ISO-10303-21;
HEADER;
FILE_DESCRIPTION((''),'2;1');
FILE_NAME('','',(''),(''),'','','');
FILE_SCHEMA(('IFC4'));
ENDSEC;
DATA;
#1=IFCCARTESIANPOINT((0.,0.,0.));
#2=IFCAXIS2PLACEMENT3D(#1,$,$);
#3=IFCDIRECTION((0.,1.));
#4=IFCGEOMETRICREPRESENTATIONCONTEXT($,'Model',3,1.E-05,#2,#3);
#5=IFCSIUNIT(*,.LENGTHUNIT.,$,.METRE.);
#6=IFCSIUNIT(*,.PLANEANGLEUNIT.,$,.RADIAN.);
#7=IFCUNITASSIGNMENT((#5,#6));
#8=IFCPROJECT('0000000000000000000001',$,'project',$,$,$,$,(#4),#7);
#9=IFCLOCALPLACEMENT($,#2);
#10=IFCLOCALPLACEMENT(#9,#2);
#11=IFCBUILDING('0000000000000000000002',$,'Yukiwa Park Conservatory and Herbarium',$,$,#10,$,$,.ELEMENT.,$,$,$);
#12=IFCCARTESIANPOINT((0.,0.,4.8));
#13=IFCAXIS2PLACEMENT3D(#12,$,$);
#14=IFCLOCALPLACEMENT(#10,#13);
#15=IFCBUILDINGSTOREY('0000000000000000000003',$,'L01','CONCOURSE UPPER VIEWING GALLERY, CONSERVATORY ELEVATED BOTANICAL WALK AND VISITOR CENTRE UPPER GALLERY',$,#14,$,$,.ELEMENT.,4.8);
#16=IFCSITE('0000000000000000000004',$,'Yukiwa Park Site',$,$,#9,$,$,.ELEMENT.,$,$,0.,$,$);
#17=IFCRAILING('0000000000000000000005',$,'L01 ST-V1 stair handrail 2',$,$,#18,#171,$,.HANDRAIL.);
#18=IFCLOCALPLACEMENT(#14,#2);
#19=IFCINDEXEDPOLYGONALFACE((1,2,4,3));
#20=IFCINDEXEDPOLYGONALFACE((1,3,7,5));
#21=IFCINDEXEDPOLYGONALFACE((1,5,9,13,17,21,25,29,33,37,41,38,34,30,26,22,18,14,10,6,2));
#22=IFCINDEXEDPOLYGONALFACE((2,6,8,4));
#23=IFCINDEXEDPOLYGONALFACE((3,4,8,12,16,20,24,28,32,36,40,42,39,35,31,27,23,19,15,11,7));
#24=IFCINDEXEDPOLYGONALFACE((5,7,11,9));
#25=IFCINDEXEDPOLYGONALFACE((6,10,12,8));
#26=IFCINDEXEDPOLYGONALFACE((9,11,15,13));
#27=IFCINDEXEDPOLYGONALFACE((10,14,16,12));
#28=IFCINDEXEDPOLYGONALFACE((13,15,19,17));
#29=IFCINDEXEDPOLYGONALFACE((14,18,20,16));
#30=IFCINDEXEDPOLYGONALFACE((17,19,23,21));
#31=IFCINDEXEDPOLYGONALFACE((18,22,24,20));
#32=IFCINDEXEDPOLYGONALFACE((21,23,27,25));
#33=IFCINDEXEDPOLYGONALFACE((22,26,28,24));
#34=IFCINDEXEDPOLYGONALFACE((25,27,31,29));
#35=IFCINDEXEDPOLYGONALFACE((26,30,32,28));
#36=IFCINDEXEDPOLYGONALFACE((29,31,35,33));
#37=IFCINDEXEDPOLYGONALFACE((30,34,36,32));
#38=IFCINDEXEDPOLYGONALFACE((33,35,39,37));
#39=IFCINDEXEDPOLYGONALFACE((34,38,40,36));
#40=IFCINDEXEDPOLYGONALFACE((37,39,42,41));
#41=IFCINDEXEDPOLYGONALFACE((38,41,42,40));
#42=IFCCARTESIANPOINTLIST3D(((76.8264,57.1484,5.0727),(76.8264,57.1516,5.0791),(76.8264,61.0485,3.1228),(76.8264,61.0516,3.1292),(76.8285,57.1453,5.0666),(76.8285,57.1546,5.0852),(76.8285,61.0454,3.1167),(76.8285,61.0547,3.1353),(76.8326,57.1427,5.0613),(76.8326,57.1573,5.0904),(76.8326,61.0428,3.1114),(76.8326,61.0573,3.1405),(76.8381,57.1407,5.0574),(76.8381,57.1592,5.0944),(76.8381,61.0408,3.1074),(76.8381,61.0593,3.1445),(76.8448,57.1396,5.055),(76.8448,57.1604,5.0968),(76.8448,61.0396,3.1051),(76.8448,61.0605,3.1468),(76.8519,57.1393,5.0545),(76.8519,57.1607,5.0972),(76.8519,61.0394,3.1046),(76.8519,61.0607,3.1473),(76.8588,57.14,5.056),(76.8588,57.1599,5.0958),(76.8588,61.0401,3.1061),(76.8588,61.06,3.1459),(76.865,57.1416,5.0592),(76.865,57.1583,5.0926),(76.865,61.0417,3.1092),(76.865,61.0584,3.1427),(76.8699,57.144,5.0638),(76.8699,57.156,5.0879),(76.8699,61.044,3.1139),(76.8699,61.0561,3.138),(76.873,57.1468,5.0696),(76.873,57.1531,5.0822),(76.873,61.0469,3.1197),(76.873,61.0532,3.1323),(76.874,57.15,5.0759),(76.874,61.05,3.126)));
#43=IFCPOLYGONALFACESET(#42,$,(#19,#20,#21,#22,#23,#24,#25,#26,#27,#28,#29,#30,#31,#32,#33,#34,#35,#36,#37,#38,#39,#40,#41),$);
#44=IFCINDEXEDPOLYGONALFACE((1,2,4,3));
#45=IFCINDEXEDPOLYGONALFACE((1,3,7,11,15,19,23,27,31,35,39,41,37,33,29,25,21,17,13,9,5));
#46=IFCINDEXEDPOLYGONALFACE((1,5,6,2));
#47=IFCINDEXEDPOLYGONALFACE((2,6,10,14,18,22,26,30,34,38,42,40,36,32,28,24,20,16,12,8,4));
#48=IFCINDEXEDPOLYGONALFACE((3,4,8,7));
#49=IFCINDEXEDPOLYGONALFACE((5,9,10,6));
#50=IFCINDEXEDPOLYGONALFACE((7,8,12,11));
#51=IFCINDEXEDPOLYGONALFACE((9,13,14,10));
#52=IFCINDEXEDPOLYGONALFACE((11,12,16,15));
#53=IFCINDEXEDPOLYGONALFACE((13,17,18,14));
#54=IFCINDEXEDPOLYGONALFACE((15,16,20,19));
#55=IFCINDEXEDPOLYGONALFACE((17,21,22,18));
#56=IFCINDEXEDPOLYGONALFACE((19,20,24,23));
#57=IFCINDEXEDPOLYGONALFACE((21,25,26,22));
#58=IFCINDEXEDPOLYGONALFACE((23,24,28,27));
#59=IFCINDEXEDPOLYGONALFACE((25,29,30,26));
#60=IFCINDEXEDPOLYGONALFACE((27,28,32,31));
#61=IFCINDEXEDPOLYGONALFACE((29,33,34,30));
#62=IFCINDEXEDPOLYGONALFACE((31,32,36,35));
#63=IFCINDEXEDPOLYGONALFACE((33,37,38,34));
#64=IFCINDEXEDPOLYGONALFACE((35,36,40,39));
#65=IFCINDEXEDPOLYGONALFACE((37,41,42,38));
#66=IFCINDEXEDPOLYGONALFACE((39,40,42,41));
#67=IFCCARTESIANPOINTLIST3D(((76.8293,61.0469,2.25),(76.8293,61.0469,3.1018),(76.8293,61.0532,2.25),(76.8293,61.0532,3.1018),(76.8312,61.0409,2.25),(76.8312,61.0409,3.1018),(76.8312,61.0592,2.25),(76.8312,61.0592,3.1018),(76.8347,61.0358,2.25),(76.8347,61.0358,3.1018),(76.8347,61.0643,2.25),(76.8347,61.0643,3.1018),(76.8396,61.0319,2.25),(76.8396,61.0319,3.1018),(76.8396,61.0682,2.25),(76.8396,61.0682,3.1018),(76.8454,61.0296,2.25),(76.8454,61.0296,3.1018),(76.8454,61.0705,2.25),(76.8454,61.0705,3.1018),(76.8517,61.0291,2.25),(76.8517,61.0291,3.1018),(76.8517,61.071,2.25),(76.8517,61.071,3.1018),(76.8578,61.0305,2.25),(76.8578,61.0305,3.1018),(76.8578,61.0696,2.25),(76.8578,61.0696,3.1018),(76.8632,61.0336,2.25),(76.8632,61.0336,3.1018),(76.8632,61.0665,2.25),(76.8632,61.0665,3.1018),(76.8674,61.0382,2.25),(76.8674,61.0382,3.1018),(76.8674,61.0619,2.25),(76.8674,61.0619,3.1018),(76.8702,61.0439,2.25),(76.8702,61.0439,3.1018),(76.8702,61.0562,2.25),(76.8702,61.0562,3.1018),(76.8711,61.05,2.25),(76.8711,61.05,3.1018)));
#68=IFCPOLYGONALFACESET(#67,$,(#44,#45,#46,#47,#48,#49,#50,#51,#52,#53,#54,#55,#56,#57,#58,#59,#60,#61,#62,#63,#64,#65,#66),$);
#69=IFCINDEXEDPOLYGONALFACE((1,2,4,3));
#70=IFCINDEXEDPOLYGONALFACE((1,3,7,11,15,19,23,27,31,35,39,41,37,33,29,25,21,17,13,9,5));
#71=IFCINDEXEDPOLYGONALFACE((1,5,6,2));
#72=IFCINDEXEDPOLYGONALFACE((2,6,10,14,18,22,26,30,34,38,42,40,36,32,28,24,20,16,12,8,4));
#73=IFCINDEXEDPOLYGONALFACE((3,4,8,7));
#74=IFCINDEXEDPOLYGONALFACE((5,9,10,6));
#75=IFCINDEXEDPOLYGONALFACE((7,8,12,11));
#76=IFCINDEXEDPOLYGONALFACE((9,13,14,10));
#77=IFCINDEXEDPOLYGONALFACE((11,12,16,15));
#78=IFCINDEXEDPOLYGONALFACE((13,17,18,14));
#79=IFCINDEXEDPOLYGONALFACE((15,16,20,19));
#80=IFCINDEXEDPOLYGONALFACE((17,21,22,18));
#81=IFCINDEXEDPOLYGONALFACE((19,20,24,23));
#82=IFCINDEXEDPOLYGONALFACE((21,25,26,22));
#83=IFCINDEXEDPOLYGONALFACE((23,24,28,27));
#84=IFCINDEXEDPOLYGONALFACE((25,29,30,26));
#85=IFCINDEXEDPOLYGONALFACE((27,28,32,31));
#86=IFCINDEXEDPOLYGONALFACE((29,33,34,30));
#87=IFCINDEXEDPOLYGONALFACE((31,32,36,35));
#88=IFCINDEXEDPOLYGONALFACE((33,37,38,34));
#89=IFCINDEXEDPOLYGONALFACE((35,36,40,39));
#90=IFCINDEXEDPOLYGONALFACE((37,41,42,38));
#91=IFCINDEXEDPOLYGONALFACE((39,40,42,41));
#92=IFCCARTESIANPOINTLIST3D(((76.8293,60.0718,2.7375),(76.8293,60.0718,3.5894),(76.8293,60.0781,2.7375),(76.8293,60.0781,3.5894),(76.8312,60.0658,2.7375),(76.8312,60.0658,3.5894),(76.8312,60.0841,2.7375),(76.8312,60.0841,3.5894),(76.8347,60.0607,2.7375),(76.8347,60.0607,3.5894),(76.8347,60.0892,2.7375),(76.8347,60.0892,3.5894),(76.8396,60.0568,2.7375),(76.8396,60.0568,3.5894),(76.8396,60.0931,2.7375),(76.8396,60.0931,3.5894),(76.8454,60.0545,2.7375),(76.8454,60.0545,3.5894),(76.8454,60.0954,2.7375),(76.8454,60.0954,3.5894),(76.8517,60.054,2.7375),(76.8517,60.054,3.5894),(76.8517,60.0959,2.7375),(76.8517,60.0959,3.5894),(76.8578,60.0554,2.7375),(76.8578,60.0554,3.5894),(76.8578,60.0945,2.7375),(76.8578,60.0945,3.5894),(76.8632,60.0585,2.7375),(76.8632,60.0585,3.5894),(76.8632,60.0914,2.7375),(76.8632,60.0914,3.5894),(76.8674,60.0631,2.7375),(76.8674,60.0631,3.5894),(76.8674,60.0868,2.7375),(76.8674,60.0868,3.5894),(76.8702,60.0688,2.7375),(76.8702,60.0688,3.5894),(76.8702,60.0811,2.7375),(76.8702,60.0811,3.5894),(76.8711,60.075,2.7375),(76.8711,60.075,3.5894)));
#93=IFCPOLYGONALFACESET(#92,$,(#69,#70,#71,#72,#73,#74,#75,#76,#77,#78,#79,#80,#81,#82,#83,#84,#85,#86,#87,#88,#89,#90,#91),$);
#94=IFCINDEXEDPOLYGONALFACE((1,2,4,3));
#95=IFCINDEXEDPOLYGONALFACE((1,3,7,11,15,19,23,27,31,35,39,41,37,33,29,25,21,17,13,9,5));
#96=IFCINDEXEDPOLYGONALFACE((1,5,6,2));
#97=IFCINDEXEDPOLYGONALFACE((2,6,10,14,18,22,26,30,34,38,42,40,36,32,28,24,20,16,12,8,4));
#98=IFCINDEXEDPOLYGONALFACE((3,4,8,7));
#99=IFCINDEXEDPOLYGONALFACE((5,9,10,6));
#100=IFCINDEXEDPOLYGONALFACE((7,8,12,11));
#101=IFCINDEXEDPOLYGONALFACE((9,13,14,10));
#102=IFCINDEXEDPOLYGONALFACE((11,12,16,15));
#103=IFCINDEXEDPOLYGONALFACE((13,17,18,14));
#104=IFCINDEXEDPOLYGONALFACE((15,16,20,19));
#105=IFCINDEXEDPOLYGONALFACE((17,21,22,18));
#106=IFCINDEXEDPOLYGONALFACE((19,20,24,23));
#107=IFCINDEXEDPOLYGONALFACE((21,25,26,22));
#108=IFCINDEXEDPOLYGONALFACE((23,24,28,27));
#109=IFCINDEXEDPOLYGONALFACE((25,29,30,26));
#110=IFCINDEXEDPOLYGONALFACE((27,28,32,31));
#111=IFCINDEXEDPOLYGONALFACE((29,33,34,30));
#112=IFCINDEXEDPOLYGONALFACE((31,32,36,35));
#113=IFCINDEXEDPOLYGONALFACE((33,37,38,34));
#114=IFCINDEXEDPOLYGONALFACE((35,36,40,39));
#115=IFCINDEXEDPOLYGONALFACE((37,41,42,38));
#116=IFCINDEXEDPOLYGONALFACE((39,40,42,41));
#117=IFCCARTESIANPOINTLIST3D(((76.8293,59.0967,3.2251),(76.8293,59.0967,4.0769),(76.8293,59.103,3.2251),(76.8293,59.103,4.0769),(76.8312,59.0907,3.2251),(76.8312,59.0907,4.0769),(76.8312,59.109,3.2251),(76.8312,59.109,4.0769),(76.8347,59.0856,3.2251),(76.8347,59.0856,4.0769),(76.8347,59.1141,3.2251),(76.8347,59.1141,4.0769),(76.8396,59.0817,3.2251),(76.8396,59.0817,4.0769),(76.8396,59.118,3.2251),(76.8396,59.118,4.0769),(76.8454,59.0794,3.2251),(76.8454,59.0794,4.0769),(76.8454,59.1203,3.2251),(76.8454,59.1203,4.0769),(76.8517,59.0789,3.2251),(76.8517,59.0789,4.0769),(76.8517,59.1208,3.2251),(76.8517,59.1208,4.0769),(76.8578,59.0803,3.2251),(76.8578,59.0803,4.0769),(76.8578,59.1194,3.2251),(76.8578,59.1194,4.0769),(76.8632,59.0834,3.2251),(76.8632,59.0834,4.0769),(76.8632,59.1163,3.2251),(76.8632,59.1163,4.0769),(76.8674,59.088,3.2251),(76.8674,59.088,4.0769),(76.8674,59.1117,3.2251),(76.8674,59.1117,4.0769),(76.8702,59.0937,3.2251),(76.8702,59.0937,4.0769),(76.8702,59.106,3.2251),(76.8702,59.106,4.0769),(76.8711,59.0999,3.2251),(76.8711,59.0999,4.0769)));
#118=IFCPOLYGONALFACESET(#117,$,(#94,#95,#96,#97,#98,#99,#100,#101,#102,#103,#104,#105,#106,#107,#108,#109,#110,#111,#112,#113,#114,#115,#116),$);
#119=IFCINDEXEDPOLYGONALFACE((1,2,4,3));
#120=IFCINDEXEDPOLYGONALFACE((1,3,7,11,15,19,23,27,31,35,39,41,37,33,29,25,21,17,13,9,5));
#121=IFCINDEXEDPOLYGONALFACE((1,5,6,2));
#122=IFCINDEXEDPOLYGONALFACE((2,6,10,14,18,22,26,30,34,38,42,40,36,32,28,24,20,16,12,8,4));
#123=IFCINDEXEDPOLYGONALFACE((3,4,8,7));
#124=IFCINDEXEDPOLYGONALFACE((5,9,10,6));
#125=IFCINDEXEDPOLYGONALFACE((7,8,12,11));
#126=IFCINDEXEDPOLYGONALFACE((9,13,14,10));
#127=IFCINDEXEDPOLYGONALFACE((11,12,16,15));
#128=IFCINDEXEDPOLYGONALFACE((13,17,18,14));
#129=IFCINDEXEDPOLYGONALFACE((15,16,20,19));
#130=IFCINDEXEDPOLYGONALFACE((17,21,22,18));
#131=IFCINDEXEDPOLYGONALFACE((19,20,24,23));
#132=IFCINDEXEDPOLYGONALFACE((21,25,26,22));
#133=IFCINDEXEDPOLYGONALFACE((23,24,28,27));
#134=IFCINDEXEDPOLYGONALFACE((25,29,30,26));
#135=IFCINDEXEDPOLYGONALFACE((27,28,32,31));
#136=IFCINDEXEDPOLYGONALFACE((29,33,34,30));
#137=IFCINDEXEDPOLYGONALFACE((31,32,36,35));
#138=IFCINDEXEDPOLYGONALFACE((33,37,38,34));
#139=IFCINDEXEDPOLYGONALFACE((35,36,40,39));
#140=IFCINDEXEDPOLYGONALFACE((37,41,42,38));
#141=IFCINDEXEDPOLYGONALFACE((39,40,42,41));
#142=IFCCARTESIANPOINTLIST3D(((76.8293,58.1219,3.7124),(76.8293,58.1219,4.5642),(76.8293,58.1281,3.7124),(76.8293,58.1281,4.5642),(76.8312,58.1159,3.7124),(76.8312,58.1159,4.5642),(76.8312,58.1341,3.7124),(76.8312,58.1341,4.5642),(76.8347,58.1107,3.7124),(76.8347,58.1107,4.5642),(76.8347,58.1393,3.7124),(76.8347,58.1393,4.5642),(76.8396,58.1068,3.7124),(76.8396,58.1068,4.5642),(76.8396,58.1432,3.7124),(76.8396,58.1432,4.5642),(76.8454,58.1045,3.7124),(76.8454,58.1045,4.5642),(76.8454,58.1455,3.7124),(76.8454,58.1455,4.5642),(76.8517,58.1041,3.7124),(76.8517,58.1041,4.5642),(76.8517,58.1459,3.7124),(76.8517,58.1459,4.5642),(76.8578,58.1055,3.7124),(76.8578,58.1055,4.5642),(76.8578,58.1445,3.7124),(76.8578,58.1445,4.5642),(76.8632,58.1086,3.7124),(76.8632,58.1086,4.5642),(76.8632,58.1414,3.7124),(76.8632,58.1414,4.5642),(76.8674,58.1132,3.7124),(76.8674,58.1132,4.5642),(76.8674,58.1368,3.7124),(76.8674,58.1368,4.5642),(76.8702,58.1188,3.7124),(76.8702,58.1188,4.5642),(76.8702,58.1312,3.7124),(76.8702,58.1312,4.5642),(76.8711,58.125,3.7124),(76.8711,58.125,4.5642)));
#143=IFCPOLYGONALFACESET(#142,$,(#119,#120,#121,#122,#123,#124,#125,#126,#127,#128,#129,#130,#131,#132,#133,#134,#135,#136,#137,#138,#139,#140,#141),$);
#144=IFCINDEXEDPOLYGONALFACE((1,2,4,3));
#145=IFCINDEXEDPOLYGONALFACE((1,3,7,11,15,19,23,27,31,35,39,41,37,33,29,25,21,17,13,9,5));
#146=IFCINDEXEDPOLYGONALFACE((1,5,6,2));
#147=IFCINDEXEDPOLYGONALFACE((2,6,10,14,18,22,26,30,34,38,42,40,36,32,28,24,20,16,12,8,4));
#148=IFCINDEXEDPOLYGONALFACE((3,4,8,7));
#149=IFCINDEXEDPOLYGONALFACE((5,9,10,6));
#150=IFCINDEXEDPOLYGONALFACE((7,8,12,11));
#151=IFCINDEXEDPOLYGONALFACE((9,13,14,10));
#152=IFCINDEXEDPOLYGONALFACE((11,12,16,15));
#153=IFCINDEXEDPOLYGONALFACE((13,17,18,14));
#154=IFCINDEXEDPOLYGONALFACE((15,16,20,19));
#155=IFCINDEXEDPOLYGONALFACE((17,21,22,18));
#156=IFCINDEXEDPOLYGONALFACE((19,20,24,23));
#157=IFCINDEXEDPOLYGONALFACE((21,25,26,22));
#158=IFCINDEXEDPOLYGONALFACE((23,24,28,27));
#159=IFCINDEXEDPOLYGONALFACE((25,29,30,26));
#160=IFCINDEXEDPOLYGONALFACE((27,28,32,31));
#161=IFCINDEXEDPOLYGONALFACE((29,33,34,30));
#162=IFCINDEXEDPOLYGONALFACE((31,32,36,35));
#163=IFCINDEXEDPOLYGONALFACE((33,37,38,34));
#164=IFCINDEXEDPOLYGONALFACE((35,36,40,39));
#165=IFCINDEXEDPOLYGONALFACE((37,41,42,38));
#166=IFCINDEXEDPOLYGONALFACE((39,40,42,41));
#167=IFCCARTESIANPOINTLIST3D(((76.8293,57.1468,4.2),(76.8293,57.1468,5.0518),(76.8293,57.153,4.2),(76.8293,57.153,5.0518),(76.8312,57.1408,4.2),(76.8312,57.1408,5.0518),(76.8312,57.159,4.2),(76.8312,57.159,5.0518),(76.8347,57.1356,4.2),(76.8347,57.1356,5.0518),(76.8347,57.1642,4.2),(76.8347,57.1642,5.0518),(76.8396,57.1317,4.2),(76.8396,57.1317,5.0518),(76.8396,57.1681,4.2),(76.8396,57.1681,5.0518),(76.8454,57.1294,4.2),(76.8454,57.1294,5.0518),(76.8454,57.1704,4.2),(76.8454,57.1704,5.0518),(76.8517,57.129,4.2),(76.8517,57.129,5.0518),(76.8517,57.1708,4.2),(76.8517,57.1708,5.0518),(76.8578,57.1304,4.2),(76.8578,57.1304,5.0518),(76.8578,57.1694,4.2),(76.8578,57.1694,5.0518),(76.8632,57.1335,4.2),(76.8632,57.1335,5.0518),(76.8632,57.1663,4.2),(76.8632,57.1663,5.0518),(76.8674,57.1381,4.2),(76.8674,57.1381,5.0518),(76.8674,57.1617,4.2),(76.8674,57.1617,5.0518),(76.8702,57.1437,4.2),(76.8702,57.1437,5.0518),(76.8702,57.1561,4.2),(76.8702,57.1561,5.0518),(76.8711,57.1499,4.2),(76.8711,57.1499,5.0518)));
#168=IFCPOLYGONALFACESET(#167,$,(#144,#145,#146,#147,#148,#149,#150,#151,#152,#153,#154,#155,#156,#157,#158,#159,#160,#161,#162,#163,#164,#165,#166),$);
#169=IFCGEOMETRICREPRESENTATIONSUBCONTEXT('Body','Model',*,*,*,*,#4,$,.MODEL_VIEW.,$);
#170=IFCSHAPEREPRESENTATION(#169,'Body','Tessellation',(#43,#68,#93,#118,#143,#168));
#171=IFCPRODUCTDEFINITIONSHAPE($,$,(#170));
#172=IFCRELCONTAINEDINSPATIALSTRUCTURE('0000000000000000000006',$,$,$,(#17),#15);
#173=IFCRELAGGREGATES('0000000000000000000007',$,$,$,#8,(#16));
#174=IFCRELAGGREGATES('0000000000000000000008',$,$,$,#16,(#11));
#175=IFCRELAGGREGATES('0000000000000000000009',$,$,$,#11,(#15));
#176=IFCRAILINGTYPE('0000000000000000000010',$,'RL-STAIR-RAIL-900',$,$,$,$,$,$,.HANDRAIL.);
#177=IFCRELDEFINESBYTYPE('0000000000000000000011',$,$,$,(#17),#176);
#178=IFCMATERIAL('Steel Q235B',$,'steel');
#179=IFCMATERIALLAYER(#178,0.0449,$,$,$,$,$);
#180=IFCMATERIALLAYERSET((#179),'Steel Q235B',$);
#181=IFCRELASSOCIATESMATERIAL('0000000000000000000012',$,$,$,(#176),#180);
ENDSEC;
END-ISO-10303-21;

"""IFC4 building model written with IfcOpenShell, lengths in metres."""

from ifc_helpers import new_model, si_unit, direction, frame, origin, origin_2d, place, context, subcontext, project, spatial, circle, extrude, material, layer, layer_set, type_object, element, save


model = new_model("IFC4")

# Units and contexts
model_context = context("Model", 3, precision=1e-05, world=origin(), true_north=direction((0.0, 1.0)))
body_context = subcontext(model_context, "Body", "Model", "MODEL_VIEW")
ifc_project = project(units=[si_unit("LENGTHUNIT", "METRE"), si_unit("PLANEANGLEUNIT", "RADIAN")], contexts=[model_context])

# Site, building, storey
site_placement = place(None, origin())
site = spatial("IfcSite", under=ifc_project, at=site_placement, Name="Yukiwa Park Site", CompositionType="ELEMENT", RefElevation=0.0)
building_placement = place(site_placement, origin())
building = spatial("IfcBuilding", under=site, at=building_placement, Name="Yukiwa Park Conservatory and Herbarium", CompositionType="ELEMENT")
storey_placement = place(building_placement, frame((0.0, 0.0, 4.8)))
storey = spatial("IfcBuildingStorey", under=building, at=storey_placement, Name="L01", Description="CONCOURSE UPPER VIEWING GALLERY, CONSERVATORY ELEVATED BOTANICAL WALK AND VISITOR CENTRE UPPER GALLERY", CompositionType="ELEMENT", Elevation=4.8)

# Railing
ifc_material_1 = material(Name="Steel Q235B", Category="steel")
ifc_layer_1 = layer(ifc_material_1, 0.0449)
ifc_layer_set_1 = layer_set([ifc_layer_1], Name="Steel Q235B")
railing_type_1 = type_object("IfcRailingType", Name="RL-STAIR-RAIL-900", PredefinedType="HANDRAIL", material=ifc_layer_set_1)
railing_1_placement = place(storey_placement, frame((76.8501, 61.05, 2.25)))
element("IfcRailing", 1, at=railing_1_placement, inside=storey, type_object=railing_type_1, Name="L01 ST-V1 stair handrail 2", PredefinedType="HANDRAIL", context=body_context, shape_type="SweptSolid", body=[
    extrude(circle(Radius=0.0239, at=origin_2d()), frame((0.0, 0.0, 0.876), z_axis=(0.0, -0.894438, 0.447191), x_axis=(1.0, 0.0, 0.0)), (0.0, 0.0, 1.0), 4.3604),
    extrude(circle(Radius=0.021, at=origin_2d()), origin(), (0.0, 0.0, 1.0), 0.8518),
    extrude(circle(Radius=0.021, at=origin_2d()), frame((0.0, -0.9751, 0.4875)), (0.0, 0.0, 1.0), 0.8518),
    extrude(circle(Radius=0.021, at=origin_2d()), frame((0.0, -1.9502, 0.9751)), (0.0, 0.0, 1.0), 0.8518),
    extrude(circle(Radius=0.021, at=origin_2d()), frame((0.0, -2.925, 1.4624)), (0.0, 0.0, 1.0), 0.8518),
    extrude(circle(Radius=0.021, at=origin_2d()), frame((0.0, -3.9001, 1.95)), (0.0, 0.0, 1.0), 0.8518),
])

save(model, "model.ifc")
